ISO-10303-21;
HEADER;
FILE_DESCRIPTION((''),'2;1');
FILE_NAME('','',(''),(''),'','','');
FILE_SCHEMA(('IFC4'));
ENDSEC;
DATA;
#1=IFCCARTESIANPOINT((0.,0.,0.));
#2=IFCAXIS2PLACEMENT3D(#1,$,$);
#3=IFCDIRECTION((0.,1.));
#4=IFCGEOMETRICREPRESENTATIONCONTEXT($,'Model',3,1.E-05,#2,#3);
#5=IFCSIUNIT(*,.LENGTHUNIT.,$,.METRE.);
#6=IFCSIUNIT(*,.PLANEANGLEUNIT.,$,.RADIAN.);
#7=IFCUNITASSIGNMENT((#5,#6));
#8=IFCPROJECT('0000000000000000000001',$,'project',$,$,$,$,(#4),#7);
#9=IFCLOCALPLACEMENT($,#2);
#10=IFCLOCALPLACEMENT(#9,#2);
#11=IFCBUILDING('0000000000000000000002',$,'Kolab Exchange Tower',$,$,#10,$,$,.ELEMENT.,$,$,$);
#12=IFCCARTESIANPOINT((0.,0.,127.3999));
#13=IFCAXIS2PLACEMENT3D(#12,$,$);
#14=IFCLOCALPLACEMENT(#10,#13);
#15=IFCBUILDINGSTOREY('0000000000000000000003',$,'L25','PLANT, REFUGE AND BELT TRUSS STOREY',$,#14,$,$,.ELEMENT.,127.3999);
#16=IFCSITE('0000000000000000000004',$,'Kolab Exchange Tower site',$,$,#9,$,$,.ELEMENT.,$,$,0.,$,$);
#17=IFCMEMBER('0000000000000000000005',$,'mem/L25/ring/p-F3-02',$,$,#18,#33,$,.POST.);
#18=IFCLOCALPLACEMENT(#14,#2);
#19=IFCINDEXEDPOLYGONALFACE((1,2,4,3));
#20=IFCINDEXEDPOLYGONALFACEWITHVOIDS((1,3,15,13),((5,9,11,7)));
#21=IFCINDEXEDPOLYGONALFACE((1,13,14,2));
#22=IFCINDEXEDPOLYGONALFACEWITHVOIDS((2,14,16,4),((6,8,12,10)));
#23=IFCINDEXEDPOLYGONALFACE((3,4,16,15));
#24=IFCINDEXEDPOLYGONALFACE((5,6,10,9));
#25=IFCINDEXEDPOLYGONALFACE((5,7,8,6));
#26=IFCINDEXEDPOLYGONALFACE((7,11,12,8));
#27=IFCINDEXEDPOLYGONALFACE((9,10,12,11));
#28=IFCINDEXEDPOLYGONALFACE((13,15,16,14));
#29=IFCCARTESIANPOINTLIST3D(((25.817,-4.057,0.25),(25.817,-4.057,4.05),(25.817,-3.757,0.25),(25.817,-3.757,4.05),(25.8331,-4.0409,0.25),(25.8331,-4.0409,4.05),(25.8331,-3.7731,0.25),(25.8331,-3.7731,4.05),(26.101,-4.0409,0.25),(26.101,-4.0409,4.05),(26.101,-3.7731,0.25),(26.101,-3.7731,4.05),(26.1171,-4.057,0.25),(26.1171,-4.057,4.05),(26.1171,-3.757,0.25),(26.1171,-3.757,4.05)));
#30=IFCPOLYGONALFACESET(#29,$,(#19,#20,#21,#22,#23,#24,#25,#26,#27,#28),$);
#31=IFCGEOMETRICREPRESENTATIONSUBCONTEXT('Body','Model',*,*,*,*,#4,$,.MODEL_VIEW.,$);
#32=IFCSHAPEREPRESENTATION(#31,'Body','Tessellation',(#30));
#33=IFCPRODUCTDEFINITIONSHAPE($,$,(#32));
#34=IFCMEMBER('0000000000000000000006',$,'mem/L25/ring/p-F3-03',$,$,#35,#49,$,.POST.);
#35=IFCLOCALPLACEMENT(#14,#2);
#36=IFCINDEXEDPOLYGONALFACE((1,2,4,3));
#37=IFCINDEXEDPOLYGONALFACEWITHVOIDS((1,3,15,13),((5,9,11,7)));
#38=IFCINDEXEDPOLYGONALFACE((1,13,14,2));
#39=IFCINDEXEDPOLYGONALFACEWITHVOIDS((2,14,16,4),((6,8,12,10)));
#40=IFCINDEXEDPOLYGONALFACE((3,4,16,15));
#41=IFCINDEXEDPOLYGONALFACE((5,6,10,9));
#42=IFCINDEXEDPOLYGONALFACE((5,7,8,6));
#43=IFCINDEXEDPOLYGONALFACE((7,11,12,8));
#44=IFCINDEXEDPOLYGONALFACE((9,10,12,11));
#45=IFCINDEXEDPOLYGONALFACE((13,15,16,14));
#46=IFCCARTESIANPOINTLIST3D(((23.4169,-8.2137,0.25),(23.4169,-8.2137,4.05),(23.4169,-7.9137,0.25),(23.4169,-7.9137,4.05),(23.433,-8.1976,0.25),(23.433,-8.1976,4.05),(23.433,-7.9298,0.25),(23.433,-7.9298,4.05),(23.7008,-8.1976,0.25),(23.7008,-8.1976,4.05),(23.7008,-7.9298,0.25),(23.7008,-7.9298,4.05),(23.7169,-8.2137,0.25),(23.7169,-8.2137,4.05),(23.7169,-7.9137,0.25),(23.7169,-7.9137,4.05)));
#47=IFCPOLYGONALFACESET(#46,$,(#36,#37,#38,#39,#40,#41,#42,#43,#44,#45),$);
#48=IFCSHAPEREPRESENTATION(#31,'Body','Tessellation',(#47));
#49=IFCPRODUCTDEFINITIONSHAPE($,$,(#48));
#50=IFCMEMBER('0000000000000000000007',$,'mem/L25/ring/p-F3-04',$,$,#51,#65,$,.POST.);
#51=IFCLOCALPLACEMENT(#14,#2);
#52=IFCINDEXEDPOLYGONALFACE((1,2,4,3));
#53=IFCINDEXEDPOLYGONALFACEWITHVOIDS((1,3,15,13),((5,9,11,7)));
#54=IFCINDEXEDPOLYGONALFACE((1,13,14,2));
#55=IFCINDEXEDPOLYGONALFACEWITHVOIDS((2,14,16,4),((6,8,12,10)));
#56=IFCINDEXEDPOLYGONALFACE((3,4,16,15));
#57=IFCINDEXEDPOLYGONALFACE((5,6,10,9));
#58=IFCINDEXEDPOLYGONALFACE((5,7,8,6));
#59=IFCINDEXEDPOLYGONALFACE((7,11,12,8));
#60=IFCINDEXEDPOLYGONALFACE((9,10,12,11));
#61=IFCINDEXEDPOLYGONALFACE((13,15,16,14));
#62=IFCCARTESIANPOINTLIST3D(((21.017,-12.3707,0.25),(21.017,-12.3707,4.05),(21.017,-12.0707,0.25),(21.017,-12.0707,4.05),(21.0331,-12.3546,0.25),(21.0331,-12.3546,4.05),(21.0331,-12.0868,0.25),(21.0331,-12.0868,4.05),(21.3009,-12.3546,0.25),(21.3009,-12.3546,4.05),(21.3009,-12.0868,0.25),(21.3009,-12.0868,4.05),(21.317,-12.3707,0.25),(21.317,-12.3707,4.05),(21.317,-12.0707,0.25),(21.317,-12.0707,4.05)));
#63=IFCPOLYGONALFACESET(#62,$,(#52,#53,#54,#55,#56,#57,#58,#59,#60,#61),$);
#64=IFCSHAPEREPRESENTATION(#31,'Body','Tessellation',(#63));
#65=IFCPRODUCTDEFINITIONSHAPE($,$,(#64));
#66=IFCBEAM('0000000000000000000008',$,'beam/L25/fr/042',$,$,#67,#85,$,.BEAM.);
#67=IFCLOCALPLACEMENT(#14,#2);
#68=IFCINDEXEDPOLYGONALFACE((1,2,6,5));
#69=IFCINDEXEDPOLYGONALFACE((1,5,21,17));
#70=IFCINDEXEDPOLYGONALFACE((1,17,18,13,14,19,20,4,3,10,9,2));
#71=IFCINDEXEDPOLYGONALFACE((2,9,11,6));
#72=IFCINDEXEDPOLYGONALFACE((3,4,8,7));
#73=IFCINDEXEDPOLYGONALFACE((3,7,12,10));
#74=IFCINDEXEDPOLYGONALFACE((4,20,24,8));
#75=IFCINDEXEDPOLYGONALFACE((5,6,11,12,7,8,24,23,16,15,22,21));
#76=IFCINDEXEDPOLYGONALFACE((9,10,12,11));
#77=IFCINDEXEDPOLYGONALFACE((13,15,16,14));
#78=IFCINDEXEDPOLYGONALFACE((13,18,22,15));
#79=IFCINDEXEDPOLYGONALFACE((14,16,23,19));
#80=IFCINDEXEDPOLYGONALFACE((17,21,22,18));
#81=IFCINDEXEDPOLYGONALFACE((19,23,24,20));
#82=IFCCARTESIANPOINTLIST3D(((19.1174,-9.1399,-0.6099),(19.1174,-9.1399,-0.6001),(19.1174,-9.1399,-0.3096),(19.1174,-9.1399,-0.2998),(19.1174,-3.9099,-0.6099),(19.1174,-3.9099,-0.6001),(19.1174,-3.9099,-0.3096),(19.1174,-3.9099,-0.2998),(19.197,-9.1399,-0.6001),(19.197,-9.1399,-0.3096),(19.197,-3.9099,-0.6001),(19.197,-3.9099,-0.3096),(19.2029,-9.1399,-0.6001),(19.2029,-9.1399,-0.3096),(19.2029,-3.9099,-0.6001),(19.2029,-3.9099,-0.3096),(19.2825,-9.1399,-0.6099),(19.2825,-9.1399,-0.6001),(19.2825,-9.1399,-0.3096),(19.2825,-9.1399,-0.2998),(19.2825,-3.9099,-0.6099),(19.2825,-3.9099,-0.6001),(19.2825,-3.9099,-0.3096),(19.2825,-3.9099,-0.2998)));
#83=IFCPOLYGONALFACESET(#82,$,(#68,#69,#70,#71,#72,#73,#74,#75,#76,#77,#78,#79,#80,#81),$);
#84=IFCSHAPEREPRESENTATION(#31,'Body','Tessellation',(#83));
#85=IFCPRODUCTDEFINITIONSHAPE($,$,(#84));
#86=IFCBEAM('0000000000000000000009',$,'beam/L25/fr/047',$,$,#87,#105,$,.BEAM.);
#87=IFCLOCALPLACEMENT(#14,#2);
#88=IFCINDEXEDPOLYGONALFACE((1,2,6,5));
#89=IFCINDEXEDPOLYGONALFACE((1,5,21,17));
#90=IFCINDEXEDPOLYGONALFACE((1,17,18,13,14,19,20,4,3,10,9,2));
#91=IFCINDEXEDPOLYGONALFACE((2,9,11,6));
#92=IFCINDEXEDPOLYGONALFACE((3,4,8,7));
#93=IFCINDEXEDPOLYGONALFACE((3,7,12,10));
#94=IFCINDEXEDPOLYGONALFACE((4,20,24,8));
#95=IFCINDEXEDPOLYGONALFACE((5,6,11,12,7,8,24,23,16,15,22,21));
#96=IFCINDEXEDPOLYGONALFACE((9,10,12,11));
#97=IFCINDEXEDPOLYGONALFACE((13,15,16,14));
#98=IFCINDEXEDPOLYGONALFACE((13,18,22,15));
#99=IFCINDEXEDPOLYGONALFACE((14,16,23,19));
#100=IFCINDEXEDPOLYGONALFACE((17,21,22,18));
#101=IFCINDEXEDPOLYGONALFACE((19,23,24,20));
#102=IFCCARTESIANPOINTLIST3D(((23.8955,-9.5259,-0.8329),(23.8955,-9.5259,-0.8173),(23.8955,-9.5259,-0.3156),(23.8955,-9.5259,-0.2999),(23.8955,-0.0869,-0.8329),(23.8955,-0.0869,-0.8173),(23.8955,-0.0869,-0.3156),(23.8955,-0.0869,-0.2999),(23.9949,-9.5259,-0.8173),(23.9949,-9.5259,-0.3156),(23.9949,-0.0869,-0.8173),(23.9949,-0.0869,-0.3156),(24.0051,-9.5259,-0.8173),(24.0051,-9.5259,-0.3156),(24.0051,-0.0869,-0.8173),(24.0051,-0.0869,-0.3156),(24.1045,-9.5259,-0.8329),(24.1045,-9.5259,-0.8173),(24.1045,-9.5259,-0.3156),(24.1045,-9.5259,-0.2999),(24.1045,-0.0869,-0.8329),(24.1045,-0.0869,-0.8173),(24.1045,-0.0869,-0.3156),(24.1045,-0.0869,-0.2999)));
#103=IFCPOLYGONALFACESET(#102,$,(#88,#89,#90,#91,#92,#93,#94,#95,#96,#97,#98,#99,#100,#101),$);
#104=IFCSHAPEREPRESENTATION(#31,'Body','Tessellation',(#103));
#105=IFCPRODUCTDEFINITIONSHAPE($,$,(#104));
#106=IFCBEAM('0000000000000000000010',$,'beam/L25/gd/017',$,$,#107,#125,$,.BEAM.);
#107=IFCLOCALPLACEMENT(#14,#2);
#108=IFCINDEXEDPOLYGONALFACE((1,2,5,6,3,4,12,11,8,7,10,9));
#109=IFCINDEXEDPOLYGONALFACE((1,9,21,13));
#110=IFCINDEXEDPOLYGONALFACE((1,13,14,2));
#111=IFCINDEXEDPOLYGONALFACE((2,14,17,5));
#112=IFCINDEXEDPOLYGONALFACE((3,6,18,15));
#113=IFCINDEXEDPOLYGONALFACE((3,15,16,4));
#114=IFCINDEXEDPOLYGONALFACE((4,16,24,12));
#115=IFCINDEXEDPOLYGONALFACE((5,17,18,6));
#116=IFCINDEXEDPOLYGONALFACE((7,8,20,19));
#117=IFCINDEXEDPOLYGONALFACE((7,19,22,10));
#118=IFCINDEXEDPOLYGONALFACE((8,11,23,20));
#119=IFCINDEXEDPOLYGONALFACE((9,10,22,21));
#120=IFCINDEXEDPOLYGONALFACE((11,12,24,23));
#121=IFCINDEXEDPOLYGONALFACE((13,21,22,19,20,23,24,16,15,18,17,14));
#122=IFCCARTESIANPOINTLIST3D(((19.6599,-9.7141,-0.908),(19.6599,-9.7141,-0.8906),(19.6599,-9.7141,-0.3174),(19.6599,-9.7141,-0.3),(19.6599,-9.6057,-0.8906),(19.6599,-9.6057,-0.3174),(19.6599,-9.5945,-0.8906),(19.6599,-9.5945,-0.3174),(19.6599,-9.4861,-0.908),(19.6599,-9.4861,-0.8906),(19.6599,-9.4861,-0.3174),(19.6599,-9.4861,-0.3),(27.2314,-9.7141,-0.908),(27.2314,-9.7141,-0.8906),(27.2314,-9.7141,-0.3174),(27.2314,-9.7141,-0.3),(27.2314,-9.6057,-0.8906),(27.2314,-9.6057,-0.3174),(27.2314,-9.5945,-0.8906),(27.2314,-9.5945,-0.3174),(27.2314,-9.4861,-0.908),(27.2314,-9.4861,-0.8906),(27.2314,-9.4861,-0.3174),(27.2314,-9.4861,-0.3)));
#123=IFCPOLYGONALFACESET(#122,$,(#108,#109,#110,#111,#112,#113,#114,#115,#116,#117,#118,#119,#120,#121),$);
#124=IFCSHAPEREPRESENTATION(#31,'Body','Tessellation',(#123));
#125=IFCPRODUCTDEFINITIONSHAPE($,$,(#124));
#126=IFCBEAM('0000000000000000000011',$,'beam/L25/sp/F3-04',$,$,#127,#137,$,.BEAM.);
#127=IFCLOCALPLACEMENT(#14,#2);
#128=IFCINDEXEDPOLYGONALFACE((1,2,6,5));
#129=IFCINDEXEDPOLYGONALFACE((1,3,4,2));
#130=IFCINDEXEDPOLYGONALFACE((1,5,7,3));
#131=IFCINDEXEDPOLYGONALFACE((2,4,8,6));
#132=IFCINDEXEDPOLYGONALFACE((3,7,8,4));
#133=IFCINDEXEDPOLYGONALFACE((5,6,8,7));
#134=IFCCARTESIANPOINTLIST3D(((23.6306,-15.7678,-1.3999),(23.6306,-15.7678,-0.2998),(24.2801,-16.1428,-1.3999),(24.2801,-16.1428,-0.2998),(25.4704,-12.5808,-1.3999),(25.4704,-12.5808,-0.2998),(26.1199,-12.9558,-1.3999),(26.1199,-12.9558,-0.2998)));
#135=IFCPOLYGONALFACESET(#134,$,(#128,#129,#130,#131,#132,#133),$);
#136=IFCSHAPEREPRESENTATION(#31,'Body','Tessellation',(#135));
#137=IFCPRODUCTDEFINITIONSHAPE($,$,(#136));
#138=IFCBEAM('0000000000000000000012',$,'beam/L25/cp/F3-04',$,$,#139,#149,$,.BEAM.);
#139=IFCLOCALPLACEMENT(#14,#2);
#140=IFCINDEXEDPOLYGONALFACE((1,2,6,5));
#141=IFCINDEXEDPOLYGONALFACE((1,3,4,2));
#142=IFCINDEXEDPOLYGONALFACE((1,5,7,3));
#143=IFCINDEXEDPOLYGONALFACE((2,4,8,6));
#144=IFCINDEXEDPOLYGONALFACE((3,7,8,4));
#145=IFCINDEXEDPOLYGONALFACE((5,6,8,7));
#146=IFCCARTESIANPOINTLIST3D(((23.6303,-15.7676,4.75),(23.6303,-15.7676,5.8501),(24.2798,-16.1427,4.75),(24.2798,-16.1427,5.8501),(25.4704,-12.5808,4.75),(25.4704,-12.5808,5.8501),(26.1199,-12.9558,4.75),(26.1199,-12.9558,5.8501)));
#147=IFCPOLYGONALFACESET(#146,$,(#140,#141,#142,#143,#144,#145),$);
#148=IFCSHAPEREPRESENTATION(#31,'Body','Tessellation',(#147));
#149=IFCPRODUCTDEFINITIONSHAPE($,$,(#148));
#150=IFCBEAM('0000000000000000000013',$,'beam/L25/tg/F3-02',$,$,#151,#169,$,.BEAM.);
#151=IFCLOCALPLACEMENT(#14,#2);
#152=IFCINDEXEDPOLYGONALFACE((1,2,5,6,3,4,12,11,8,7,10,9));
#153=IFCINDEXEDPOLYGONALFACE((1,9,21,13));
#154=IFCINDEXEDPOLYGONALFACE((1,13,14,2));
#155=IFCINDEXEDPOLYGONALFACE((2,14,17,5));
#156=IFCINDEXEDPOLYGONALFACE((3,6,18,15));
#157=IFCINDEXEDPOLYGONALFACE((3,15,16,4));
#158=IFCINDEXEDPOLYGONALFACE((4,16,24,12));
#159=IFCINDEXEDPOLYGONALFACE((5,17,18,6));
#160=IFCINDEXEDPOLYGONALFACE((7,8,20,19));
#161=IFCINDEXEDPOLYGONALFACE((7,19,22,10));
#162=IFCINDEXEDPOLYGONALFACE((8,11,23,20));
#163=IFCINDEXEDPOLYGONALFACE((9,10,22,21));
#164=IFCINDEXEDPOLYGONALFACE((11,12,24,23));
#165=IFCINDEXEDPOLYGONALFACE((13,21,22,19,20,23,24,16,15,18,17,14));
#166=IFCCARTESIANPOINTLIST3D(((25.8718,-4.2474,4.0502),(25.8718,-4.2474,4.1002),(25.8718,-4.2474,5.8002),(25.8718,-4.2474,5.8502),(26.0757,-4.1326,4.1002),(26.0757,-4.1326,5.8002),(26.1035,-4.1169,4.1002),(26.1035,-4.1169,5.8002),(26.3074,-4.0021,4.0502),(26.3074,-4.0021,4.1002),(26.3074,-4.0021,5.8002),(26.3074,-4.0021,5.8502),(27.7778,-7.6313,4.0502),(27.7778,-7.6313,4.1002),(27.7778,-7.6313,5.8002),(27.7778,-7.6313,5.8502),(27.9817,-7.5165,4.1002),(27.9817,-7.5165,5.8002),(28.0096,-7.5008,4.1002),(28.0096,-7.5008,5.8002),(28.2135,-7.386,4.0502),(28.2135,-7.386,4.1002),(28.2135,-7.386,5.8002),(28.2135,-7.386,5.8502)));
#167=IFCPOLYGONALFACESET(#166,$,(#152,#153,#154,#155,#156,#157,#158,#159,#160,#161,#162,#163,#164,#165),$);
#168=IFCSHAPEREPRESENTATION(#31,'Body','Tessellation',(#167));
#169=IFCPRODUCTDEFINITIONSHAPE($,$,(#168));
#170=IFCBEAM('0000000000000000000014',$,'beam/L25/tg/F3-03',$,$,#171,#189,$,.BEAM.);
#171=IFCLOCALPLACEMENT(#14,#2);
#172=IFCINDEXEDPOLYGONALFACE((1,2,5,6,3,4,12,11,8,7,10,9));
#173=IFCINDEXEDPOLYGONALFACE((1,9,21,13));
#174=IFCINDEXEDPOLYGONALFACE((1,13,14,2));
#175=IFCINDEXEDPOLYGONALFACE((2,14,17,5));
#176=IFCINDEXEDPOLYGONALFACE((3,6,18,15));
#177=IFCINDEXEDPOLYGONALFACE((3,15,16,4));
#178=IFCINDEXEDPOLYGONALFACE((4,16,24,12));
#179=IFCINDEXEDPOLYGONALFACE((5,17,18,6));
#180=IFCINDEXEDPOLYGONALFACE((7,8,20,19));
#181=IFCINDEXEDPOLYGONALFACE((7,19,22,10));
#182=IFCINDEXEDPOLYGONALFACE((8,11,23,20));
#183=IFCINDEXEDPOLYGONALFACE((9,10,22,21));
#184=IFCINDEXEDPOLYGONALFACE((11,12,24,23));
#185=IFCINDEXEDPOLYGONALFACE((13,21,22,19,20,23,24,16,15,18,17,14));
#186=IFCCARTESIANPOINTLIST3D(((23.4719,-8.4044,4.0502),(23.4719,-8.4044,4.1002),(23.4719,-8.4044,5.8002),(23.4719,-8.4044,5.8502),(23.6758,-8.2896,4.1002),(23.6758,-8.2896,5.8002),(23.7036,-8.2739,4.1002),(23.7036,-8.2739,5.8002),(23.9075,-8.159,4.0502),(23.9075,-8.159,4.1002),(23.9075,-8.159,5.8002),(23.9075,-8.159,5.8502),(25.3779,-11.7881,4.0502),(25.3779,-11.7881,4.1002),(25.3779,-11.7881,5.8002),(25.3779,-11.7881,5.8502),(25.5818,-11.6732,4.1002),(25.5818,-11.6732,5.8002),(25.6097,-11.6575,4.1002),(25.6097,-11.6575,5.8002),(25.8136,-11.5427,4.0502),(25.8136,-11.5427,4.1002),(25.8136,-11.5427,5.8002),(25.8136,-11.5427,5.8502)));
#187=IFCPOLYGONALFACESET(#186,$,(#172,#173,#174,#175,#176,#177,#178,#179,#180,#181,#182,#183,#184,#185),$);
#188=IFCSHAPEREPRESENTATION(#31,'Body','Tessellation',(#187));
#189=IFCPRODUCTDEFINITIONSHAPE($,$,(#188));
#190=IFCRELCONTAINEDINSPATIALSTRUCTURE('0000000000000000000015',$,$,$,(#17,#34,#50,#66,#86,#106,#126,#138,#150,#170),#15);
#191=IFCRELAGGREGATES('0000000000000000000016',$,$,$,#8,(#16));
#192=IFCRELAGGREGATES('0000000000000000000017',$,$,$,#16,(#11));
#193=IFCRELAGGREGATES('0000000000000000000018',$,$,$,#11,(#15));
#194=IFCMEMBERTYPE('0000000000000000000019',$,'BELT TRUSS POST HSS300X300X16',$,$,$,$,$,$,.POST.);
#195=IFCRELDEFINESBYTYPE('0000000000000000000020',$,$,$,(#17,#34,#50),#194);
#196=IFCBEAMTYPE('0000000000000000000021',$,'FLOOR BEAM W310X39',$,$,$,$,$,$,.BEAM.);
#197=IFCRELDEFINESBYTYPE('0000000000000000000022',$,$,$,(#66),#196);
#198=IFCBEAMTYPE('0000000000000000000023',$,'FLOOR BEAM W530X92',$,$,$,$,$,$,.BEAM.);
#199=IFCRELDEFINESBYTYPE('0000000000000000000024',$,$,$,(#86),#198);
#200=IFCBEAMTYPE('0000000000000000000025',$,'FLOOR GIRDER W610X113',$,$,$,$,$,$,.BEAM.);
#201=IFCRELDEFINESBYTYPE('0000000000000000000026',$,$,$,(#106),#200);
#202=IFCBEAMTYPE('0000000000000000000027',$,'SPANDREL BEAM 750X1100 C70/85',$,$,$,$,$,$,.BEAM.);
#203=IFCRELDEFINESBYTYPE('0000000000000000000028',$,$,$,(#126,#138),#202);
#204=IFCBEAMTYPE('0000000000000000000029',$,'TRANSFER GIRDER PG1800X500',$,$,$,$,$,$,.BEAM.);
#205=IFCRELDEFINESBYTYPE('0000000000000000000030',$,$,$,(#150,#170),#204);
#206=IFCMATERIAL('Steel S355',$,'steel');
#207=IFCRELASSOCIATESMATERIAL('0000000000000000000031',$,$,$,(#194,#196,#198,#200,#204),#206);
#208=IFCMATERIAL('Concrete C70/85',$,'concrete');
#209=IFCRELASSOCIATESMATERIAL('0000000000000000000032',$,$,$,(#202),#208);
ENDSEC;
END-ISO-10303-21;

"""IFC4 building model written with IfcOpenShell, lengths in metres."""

from ifc_helpers import new_model, si_unit, direction, frame, origin, origin_2d, place, context, subcontext, project, spatial, rectangle, hollow_rectangle, i_section, extrude, material, material_profile, profile_set, type_object, element, save


model = new_model("IFC4")

# Units and contexts
model_context = context("Model", 3, precision=1e-05, world=origin(), true_north=direction((0.0, 1.0)))
body_context = subcontext(model_context, "Body", "Model", "MODEL_VIEW")
ifc_project = project(units=[si_unit("LENGTHUNIT", "METRE"), si_unit("PLANEANGLEUNIT", "RADIAN")], contexts=[model_context])

# Site, building, storey
site_placement = place(None, origin())
site = spatial("IfcSite", under=ifc_project, at=site_placement, Name="Kolab Exchange Tower site", CompositionType="ELEMENT", RefElevation=0.0)
building_placement = place(site_placement, origin())
building = spatial("IfcBuilding", under=site, at=building_placement, Name="Kolab Exchange Tower", CompositionType="ELEMENT")
storey_placement = place(building_placement, frame((0.0, 0.0, 127.3999)))
storey = spatial("IfcBuildingStorey", under=building, at=storey_placement, Name="L25", Description="PLANT, REFUGE AND BELT TRUSS STOREY", CompositionType="ELEMENT", Elevation=127.3999)

# Shared definitions
ifc_material_1 = material(Name="Concrete C70/85", Category="concrete")

# Shared definitions
ifc_material_2 = material(Name="Steel S355", Category="steel")

# Members
ifc_material_profile_1 = material_profile(ifc_material_2, hollow_rectangle(XDim=0.3, YDim=0.3, WallThickness=0.0161, at=origin_2d()), Name="HSS300X300X16")
ifc_profile_set_1 = profile_set([ifc_material_profile_1], Name="Steel S355")
member_type_1 = type_object("IfcMemberType", Name="BELT TRUSS POST HSS300X300X16", PredefinedType="POST", material=ifc_profile_set_1)
for number, where, z_axis, x_axis, name in (
    (1, (25.967, -3.907, 0.25), (0.0, 0.0, 1.0), (1.0, 0.0, 0.0), "mem/L25/ring/p-F3-02"),
    (2, (23.5669, -8.0637, 0.25), (0.0, 0.0, 1.0), (1.0, 0.0, 0.0), "mem/L25/ring/p-F3-03"),
    (3, (21.167, -12.2207, 0.25), (0.0, 0.0, 1.0), (1.0, 0.0, 0.0), "mem/L25/ring/p-F3-04"),
):
    element("IfcMember", number, at=place(storey_placement, frame(where, z_axis=z_axis, x_axis=x_axis)), inside=storey, type_object=member_type_1, Name=name, PredefinedType="POST", context=body_context, shape_type="SweptSolid", body=[
        extrude(hollow_rectangle(XDim=0.3, YDim=0.3, WallThickness=0.0161, at=origin_2d()), origin(), (0.0, 0.0, 1.0), 3.8),
    ])

# Beams
ifc_material_profile_2 = material_profile(ifc_material_2, i_section(OverallWidth=0.165, OverallDepth=0.3101, WebThickness=0.0059, FlangeThickness=0.0098, at=origin_2d()), Name="W310X39")
ifc_profile_set_2 = profile_set([ifc_material_profile_2], Name="Steel S355")
beam_type_1 = type_object("IfcBeamType", Name="FLOOR BEAM W310X39", PredefinedType="BEAM", material=ifc_profile_set_2)
beam_1_placement = place(storey_placement, frame((19.2, -9.1399, -0.4548), z_axis=(0.0, 1.0, 0.0), x_axis=(-1.0, 0.0, 0.0)))
element("IfcBeam", 4, at=beam_1_placement, inside=storey, type_object=beam_type_1, Name="beam/L25/fr/042", PredefinedType="BEAM", context=body_context, shape_type="SweptSolid", body=[
    extrude(i_section(OverallWidth=0.165, OverallDepth=0.3101, WebThickness=0.0059, FlangeThickness=0.0098, at=origin_2d()), origin(), (0.0, 0.0, 1.0), 5.23),
])
ifc_material_profile_3 = material_profile(ifc_material_2, i_section(OverallWidth=0.209, OverallDepth=0.533, WebThickness=0.0103, FlangeThickness=0.0156, at=origin_2d()), Name="W530X92")
ifc_profile_set_3 = profile_set([ifc_material_profile_3], Name="Steel S355")
beam_type_2 = type_object("IfcBeamType", Name="FLOOR BEAM W530X92", PredefinedType="BEAM", material=ifc_profile_set_3)
beam_2_placement = place(storey_placement, frame((24.0, -9.5259, -0.5664), z_axis=(0.0, 1.0, 0.0), x_axis=(-1.0, 0.0, 0.0)))
element("IfcBeam", 5, at=beam_2_placement, inside=storey, type_object=beam_type_2, Name="beam/L25/fr/047", PredefinedType="BEAM", context=body_context, shape_type="SweptSolid", body=[
    extrude(i_section(OverallWidth=0.209, OverallDepth=0.533, WebThickness=0.0103, FlangeThickness=0.0156, at=origin_2d()), origin(), (0.0, 0.0, 1.0), 9.439),
])
ifc_material_profile_4 = material_profile(ifc_material_2, i_section(OverallWidth=0.228, OverallDepth=0.6079, WebThickness=0.0112, FlangeThickness=0.0173, at=origin_2d()), Name="W610X113")
ifc_profile_set_4 = profile_set([ifc_material_profile_4], Name="Steel S355")
beam_type_3 = type_object("IfcBeamType", Name="FLOOR GIRDER W610X113", PredefinedType="BEAM", material=ifc_profile_set_4)
beam_3_placement = place(storey_placement, frame((19.6599, -9.6001, -0.604), z_axis=(1.0, 0.0, 0.0), x_axis=(0.0, 1.0, 0.0)))
element("IfcBeam", 6, at=beam_3_placement, inside=storey, type_object=beam_type_3, Name="beam/L25/gd/017", PredefinedType="BEAM", context=body_context, shape_type="SweptSolid", body=[
    extrude(i_section(OverallWidth=0.228, OverallDepth=0.6079, WebThickness=0.0112, FlangeThickness=0.0173, at=origin_2d()), origin(), (0.0, 0.0, 1.0), 7.5715),
])
ifc_material_profile_5 = material_profile(ifc_material_1, rectangle(XDim=0.75, YDim=1.1001, at=origin_2d()), Name="RC750X1100")
ifc_profile_set_5 = profile_set([ifc_material_profile_5], Name="Concrete C70/85")
beam_type_4 = type_object("IfcBeamType", Name="SPANDREL BEAM 750X1100 C70/85", PredefinedType="BEAM", material=ifc_profile_set_5)
for number, where, z_axis, x_axis, name in (
    (7, (25.7952, -12.7683, -0.8499), (-0.499964, -0.866046, 0.0), (0.866046, -0.499964, 0.0), "beam/L25/sp/F3-04"),
    (8, (25.7952, -12.7683, 5.3), (-0.500042, -0.866001, 0.0), (0.866001, -0.500042, 0.0), "beam/L25/cp/F3-04"),
):
    element("IfcBeam", number, at=place(storey_placement, frame(where, z_axis=z_axis, x_axis=x_axis)), inside=storey, type_object=beam_type_4, Name=name, PredefinedType="BEAM", context=body_context, shape_type="SweptSolid", body=[
        extrude(rectangle(XDim=0.75, YDim=1.1001, at=origin_2d()), origin(), (0.0, 0.0, 1.0), 3.6799),
    ])
ifc_material_profile_6 = material_profile(ifc_material_2, i_section(OverallWidth=0.5, OverallDepth=1.8, WebThickness=0.032, FlangeThickness=0.05, at=origin_2d()), Name="PG1800X500")
ifc_profile_set_6 = profile_set([ifc_material_profile_6], Name="Steel S355")
beam_type_5 = type_object("IfcBeamType", Name="TRANSFER GIRDER PG1800X500", PredefinedType="BEAM", material=ifc_profile_set_6)
beam_4_placement = place(storey_placement, frame((26.0896, -4.1248, 4.9502), z_axis=(0.490775, -0.871287, 0.0), x_axis=(0.871287, 0.490775, 0.0)))
element("IfcBeam", 9, at=beam_4_placement, inside=storey, type_object=beam_type_5, Name="beam/L25/tg/F3-02", PredefinedType="BEAM", context=body_context, shape_type="SweptSolid", body=[
    extrude(i_section(OverallWidth=0.5, OverallDepth=1.8, WebThickness=0.032, FlangeThickness=0.05, at=origin_2d()), origin(), (0.0, 0.0, 1.0), 3.8838),
])
for number, where, z_axis, x_axis, name in (
    (10, (23.6897, -8.2817, 4.9502), (0.490801, -0.871271, 0.0), (0.871271, 0.490801, 0.0), "beam/L25/tg/F3-03"),
):
    element("IfcBeam", number, at=place(storey_placement, frame(where, z_axis=z_axis, x_axis=x_axis)), inside=storey, type_object=beam_type_5, Name=name, PredefinedType="BEAM", context=body_context, shape_type="SweptSolid", body=[
        extrude(i_section(OverallWidth=0.5, OverallDepth=1.8, WebThickness=0.032, FlangeThickness=0.05, at=origin_2d()), origin(), (0.0, 0.0, 1.0), 3.8835),
    ])

save(model, "model.ifc")
